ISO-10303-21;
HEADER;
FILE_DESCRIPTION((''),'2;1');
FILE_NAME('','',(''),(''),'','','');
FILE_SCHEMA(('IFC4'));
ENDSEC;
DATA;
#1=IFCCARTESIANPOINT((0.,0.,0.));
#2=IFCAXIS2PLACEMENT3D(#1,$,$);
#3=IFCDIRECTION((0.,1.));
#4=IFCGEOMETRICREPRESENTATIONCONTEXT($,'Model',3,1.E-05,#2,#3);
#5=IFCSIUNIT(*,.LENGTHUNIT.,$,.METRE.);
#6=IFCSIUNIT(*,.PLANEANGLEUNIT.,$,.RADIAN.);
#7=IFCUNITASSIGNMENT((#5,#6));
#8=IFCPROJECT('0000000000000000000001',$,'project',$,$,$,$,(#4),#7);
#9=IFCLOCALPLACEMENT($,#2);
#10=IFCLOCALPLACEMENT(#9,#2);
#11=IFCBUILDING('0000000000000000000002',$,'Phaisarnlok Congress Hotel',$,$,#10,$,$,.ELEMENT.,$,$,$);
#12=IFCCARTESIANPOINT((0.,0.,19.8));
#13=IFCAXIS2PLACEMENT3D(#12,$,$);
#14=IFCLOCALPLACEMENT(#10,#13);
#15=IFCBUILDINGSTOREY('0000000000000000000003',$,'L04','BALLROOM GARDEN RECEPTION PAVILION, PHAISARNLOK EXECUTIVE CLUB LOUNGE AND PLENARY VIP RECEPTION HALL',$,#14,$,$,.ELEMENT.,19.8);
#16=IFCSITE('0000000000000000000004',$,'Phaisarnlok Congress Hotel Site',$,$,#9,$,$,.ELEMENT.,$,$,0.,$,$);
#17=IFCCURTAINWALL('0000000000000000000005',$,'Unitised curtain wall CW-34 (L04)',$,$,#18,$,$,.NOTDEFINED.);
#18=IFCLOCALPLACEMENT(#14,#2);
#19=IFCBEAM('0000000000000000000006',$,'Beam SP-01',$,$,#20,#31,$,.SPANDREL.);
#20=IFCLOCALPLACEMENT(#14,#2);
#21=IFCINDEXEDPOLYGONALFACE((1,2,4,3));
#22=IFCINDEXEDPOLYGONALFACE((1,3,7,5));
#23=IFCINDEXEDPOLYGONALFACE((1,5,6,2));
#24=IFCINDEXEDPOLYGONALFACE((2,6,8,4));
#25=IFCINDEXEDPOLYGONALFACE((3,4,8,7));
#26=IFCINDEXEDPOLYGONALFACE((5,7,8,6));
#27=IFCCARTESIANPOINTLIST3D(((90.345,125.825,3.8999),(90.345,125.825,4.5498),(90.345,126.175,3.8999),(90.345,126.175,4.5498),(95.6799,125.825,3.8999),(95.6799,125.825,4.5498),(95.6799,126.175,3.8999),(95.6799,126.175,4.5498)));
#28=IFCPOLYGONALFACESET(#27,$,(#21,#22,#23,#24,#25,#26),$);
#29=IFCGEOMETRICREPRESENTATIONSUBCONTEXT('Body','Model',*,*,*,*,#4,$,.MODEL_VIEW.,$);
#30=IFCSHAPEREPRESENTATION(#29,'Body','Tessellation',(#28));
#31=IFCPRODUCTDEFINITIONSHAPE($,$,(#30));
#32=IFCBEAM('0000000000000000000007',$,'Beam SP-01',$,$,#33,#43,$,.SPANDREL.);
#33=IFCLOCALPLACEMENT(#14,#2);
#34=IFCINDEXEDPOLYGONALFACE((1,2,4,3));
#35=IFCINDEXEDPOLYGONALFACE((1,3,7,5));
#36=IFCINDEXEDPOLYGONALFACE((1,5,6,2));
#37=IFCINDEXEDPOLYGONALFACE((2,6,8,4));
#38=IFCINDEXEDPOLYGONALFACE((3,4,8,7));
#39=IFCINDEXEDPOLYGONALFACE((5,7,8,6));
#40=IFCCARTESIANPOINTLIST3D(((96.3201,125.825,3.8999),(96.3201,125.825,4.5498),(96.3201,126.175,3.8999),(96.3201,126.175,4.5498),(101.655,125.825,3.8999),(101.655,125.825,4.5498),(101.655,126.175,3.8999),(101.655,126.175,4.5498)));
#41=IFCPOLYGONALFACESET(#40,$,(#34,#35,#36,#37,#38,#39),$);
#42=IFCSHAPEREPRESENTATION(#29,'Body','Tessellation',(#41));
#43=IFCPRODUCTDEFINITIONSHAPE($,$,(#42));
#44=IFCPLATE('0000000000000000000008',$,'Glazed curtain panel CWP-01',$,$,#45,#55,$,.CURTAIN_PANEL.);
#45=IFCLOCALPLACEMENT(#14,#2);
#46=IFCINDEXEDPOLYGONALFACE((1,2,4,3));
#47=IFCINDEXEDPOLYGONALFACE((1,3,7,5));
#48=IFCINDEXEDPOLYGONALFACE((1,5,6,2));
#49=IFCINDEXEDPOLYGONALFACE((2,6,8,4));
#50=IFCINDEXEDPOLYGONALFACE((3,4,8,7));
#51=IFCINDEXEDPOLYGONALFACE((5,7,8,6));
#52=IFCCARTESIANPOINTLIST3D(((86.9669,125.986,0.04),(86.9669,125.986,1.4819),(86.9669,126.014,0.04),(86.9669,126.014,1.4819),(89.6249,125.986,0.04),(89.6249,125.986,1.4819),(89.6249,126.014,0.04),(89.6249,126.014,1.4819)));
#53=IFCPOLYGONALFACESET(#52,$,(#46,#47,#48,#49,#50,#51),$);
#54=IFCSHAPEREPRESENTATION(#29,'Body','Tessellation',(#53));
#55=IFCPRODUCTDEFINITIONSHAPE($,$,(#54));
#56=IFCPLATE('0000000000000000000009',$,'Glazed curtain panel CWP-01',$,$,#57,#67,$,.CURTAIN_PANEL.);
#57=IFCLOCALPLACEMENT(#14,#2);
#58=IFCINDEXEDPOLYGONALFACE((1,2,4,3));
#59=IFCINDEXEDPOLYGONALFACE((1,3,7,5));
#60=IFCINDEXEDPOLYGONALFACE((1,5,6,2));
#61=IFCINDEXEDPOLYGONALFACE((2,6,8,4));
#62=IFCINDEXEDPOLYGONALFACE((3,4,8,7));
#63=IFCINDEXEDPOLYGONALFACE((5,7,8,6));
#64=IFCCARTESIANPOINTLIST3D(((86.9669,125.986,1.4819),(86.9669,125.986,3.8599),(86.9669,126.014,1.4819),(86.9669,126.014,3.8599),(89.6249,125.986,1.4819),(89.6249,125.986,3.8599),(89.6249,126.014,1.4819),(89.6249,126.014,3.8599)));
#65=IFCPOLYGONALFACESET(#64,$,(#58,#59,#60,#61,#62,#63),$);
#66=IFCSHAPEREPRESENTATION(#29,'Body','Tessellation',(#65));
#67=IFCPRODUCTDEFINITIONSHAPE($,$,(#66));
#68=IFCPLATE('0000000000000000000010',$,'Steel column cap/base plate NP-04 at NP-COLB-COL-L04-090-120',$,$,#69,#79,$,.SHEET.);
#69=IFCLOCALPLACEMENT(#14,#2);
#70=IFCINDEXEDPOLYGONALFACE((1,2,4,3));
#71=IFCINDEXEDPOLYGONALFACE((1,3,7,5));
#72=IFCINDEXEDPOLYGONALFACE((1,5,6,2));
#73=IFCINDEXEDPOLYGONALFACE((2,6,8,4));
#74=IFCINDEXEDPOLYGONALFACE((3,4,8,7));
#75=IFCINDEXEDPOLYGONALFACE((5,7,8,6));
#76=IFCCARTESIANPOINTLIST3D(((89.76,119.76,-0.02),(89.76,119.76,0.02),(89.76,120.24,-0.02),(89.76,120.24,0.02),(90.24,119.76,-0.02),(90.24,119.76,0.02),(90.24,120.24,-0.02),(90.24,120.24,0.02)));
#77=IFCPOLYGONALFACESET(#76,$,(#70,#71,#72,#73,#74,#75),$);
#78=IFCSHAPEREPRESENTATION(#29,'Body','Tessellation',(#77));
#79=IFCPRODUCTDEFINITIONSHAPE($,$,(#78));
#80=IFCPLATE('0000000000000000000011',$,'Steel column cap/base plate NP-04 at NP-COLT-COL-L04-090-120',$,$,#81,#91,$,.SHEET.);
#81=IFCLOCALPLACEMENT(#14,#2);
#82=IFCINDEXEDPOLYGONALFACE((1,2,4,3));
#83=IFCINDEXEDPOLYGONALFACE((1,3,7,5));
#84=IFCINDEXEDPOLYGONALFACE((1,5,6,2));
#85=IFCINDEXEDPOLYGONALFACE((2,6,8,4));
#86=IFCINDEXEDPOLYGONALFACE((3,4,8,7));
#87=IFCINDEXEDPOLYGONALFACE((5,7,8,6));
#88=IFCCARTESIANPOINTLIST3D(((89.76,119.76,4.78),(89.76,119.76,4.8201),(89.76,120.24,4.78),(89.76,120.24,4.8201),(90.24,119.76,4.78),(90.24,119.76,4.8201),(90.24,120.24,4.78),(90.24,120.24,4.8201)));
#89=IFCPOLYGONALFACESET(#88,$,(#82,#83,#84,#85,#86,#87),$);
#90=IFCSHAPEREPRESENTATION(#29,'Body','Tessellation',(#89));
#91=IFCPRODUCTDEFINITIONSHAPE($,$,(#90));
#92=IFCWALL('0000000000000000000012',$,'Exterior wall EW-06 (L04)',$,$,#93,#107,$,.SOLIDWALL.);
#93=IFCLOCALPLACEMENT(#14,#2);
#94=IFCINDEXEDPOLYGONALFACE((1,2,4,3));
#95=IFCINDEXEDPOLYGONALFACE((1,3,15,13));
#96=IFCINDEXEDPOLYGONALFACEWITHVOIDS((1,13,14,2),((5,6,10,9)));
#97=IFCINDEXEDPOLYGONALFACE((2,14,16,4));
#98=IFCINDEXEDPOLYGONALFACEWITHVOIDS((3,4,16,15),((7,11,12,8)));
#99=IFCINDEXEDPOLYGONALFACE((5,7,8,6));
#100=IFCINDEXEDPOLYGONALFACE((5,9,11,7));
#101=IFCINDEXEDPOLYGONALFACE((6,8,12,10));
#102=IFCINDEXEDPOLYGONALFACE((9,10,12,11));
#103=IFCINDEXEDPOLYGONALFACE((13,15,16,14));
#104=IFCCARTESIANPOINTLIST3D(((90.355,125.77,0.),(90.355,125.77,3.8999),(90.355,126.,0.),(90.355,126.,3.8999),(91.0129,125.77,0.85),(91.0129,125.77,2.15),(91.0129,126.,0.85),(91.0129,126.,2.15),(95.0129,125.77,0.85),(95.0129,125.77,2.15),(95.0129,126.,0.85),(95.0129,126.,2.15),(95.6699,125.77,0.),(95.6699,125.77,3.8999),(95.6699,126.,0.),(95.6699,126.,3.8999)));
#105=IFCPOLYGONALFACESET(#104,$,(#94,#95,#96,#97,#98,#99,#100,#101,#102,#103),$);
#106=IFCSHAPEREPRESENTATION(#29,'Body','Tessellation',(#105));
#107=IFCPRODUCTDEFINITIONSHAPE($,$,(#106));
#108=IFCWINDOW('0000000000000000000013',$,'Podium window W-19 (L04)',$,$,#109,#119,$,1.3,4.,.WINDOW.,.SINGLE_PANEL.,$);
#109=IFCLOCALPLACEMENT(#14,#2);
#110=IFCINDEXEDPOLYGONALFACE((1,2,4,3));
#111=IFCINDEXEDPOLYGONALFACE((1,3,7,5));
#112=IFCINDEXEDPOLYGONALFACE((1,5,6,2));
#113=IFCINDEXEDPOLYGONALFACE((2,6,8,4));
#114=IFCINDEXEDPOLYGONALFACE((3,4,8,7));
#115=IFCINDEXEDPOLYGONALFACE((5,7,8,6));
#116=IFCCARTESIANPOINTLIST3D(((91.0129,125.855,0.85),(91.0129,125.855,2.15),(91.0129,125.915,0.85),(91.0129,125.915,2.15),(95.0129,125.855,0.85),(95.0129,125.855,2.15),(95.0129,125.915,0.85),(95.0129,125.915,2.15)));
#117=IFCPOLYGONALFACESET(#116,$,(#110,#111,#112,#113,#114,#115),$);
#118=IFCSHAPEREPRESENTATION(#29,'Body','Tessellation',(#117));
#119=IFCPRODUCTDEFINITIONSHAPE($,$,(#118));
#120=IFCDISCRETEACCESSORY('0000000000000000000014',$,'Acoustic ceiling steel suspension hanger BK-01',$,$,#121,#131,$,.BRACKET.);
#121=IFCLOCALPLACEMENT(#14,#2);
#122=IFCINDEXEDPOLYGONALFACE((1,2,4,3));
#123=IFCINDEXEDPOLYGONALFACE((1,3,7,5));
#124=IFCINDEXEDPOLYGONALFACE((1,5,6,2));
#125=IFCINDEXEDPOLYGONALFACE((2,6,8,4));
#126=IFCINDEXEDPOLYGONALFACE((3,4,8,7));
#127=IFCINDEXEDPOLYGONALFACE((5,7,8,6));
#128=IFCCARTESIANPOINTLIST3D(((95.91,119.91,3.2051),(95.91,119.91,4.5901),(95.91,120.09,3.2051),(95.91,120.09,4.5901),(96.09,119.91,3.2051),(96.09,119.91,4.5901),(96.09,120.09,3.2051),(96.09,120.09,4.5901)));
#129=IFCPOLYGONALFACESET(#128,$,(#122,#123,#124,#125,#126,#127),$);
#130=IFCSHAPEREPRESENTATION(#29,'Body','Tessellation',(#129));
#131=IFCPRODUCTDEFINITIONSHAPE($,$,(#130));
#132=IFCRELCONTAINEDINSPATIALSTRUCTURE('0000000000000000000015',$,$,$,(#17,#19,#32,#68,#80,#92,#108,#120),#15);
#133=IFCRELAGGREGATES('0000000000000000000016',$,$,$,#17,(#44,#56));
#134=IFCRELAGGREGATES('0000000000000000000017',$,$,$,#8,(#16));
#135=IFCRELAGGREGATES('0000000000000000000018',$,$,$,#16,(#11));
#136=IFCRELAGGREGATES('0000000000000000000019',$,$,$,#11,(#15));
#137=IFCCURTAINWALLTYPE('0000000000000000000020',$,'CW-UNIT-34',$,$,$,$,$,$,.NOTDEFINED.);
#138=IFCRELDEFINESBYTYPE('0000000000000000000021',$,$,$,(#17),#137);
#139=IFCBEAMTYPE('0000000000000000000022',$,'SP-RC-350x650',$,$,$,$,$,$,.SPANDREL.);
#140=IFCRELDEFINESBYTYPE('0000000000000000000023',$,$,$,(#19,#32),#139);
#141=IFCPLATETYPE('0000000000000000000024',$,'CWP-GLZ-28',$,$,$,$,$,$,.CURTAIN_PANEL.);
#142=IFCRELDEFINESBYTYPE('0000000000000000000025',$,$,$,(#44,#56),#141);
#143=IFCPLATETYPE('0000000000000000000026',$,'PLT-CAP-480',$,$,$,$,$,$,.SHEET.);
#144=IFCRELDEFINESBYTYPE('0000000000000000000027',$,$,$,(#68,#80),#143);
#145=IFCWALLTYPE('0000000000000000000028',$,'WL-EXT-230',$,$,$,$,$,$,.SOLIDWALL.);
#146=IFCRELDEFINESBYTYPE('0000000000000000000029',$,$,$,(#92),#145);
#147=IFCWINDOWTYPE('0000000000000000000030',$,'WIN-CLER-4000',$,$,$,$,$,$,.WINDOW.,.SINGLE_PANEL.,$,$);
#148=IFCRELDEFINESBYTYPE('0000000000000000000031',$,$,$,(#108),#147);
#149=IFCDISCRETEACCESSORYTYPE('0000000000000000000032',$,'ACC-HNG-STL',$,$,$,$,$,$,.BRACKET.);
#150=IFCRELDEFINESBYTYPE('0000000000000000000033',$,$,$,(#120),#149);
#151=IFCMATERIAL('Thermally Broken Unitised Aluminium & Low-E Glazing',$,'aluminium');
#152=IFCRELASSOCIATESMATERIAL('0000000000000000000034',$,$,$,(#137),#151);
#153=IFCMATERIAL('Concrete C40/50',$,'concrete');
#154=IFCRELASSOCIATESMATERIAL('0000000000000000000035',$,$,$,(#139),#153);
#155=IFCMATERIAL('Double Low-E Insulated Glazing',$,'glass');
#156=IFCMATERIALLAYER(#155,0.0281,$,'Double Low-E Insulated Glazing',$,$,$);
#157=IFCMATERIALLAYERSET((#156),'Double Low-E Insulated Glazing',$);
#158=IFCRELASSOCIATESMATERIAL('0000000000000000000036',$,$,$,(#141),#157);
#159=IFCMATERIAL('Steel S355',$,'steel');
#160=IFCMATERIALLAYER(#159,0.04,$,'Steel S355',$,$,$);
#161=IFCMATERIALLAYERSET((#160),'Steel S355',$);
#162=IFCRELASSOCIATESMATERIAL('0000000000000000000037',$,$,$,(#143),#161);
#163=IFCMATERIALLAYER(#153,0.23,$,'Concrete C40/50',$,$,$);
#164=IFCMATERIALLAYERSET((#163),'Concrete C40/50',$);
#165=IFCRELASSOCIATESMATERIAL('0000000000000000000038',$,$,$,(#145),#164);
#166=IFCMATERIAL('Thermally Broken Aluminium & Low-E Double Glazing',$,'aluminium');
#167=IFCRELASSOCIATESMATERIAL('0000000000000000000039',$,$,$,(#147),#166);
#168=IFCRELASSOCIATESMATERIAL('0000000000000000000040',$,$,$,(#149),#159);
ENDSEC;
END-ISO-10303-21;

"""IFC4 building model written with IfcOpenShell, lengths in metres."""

from ifc_helpers import new_model, si_unit, direction, frame, frame_2d, origin, origin_2d, place, context, subcontext, project, spatial, rectangle, extrude, material, layer, layer_set, material_profile, profile_set, type_object, element, fill, aggregate, save


model = new_model("IFC4")

# Units and contexts
model_context = context("Model", 3, precision=1e-05, world=origin(), true_north=direction((0.0, 1.0)))
body_context = subcontext(model_context, "Body", "Model", "MODEL_VIEW")
ifc_project = project(units=[si_unit("LENGTHUNIT", "METRE"), si_unit("PLANEANGLEUNIT", "RADIAN")], contexts=[model_context])

# Site, building, storey
site_placement = place(None, origin())
site = spatial("IfcSite", under=ifc_project, at=site_placement, Name="Phaisarnlok Congress Hotel Site", CompositionType="ELEMENT", RefElevation=0.0)
building_placement = place(site_placement, origin())
building = spatial("IfcBuilding", under=site, at=building_placement, Name="Phaisarnlok Congress Hotel", CompositionType="ELEMENT")
storey_placement = place(building_placement, frame((0.0, 0.0, 19.8)))
storey = spatial("IfcBuildingStorey", under=building, at=storey_placement, Name="L04", Description="BALLROOM GARDEN RECEPTION PAVILION, PHAISARNLOK EXECUTIVE CLUB LOUNGE AND PLENARY VIP RECEPTION HALL", CompositionType="ELEMENT", Elevation=19.8)

# Shared definitions
ifc_material_1 = material(Name="Steel S355", Category="steel")

# Shared definitions
ifc_material_2 = material(Name="Concrete C40/50", Category="concrete")

# Curtain wall
ifc_material_3 = material(Name="Thermally Broken Unitised Aluminium & Low-E Glazing", Category="aluminium")
curtain_wall_type_1 = type_object("IfcCurtainWallType", Name="CW-UNIT-34", PredefinedType="NOTDEFINED", material=ifc_material_3)
curtain_wall_1_placement = place(storey_placement, origin())
curtain_wall_1 = element("IfcCurtainWall", 1, at=curtain_wall_1_placement, inside=storey, type_object=curtain_wall_type_1, Name="Unitised curtain wall CW-34 (L04)", PredefinedType="NOTDEFINED")

# Beams
ifc_material_profile_1 = material_profile(ifc_material_2, rectangle(XDim=0.3501, YDim=0.6499, at=origin_2d()), Name="RC 350x650")
ifc_profile_set_1 = profile_set([ifc_material_profile_1], Name="Concrete C40/50")
beam_type_1 = type_object("IfcBeamType", Name="SP-RC-350x650", PredefinedType="SPANDREL", material=ifc_profile_set_1)
for number, where, z_axis, x_axis, name in (
    (2, (90.345, 126.0, 4.2249), (1.0, 0.0, 0.0), (0.0, 1.0, 0.0), "Beam SP-01"),
    (3, (96.3201, 126.0, 4.2249), (1.0, 0.0, 0.0), (0.0, 1.0, 0.0), "Beam SP-01"),
):
    element("IfcBeam", number, at=place(storey_placement, frame(where, z_axis=z_axis, x_axis=x_axis)), inside=storey, type_object=beam_type_1, Name=name, PredefinedType="SPANDREL", context=body_context, shape_type="SweptSolid", body=[
        extrude(rectangle(XDim=0.3501, YDim=0.6499, at=origin_2d()), origin(), (0.0, 0.0, 1.0), 5.335),
    ])

# Plates
ifc_material_4 = material(Name="Double Low-E Insulated Glazing", Category="glass")
ifc_layer_1 = layer(ifc_material_4, 0.0281, Name="Double Low-E Insulated Glazing")
ifc_layer_set_1 = layer_set([ifc_layer_1], Name="Double Low-E Insulated Glazing")
plate_type_1 = type_object("IfcPlateType", Name="CWP-GLZ-28", PredefinedType="CURTAIN_PANEL", material=ifc_layer_set_1)
plate_1_placement = place(storey_placement, frame((89.625, 126.0, 0.04), z_axis=(0.0, 0.0, 1.0), x_axis=(-1.0, 0.0, 0.0)))
plate_1 = element("IfcPlate", 4, at=plate_1_placement, type_object=plate_type_1, Name="Glazed curtain panel CWP-01", PredefinedType="CURTAIN_PANEL", context=body_context, shape_type="SweptSolid", body=[
    extrude(rectangle(XDim=2.658, YDim=0.0281, at=frame_2d((1.3291, 0.0))), origin(), (0.0, 0.0, 1.0), 1.4419),
])
plate_2_placement = place(storey_placement, frame((89.625, 126.0, 1.4819), z_axis=(0.0, 0.0, 1.0), x_axis=(-1.0, 0.0, 0.0)))
plate_2 = element("IfcPlate", 5, at=plate_2_placement, type_object=plate_type_1, Name="Glazed curtain panel CWP-01", PredefinedType="CURTAIN_PANEL", context=body_context, shape_type="SweptSolid", body=[
    extrude(rectangle(XDim=2.658, YDim=0.0281, at=frame_2d((1.3291, 0.0))), origin(), (0.0, 0.0, 1.0), 2.3779),
])
aggregate(curtain_wall_1, [plate_1, plate_2])

# Plates
ifc_layer_2 = layer(ifc_material_1, 0.04, Name="Steel S355")
ifc_layer_set_2 = layer_set([ifc_layer_2], Name="Steel S355")
plate_type_2 = type_object("IfcPlateType", Name="PLT-CAP-480", PredefinedType="SHEET", material=ifc_layer_set_2)
for number, where, z_axis, x_axis, name in (
    (6, (90.0, 120.0, -0.02), (0.0, 0.0, 1.0), (1.0, 0.0, 0.0), "Steel column cap/base plate NP-04 at NP-COLB-COL-L04-090-120"),
    (7, (90.0, 120.0, 4.78), (0.0, 0.0, 1.0), (1.0, 0.0, 0.0), "Steel column cap/base plate NP-04 at NP-COLT-COL-L04-090-120"),
):
    element("IfcPlate", number, at=place(storey_placement, frame(where, z_axis=z_axis, x_axis=x_axis)), inside=storey, type_object=plate_type_2, Name=name, PredefinedType="SHEET", context=body_context, shape_type="SweptSolid", body=[
        extrude(rectangle(XDim=0.48, YDim=0.48, at=origin_2d()), origin(), (0.0, 0.0, 1.0), 0.04),
    ])

# Wall, opening, window
ifc_layer_3 = layer(ifc_material_2, 0.23, Name="Concrete C40/50")
ifc_layer_set_3 = layer_set([ifc_layer_3], Name="Concrete C40/50")
wall_type = type_object("IfcWallType", Name="WL-EXT-230", PredefinedType="SOLIDWALL", material=ifc_layer_set_3)
wall_placement = place(storey_placement, frame((95.6699, 125.885, 0.0), z_axis=(0.0, 0.0, 1.0), x_axis=(-1.0, 0.0, 0.0)))
wall = element("IfcWall", 8, at=wall_placement, inside=storey, type_object=wall_type, Name="Exterior wall EW-06 (L04)", PredefinedType="SOLIDWALL", context=body_context, shape_type="SweptSolid", body=[
    extrude(rectangle(XDim=5.3149, YDim=0.23, at=frame_2d((2.6575, 0.0))), origin(), (0.0, 0.0, 1.0), 3.8999),
])
opening_placement = place(wall_placement, frame((0.657, 0.0, 0.8501)))
opening = element("IfcOpeningElement", 9, at=opening_placement, cuts=wall, PredefinedType="OPENING", context=body_context, shape_type="SweptSolid", body=[
    extrude(rectangle(XDim=4.0, YDim=1.3, at=frame_2d((2.0, 0.6499))), frame((0.0, 0.125, 0.0), z_axis=(0.0, -1.0, 0.0), x_axis=(1.0, 0.0, 0.0)), (0.0, 0.0, 1.0), 0.25),
])
ifc_material_5 = material(Name="Thermally Broken Aluminium & Low-E Double Glazing", Category="aluminium")
window_type = type_object("IfcWindowType", Name="WIN-CLER-4000", PartitioningType="SINGLE_PANEL", PredefinedType="WINDOW", material=ifc_material_5)
window_placement = place(opening_placement, origin())
window = element("IfcWindow", 10, at=window_placement, inside=storey, type_object=window_type, Name="Podium window W-19 (L04)", OverallHeight=1.3, OverallWidth=4.0, PartitioningType="SINGLE_PANEL", PredefinedType="WINDOW", context=body_context, shape_type="SweptSolid", body=[
    extrude(rectangle(XDim=4.0, YDim=1.3, at=frame_2d((2.0, 0.6499))), frame((0.0, 0.03, 0.0), z_axis=(0.0, -1.0, 0.0), x_axis=(1.0, 0.0, 0.0)), (0.0, 0.0, 1.0), 0.0601),
])
fill(opening, window)

# Discrete accessory
discrete_accessory_type = type_object("IfcDiscreteAccessoryType", Name="ACC-HNG-STL", PredefinedType="BRACKET", material=ifc_material_1)
discrete_accessory_placement = place(storey_placement, frame((96.0, 120.0, 3.2051), z_axis=(0.0, 0.0, 1.0), x_axis=(1.0, 0.0, 0.0)))
element("IfcDiscreteAccessory", 11, at=discrete_accessory_placement, inside=storey, type_object=discrete_accessory_type, Name="Acoustic ceiling steel suspension hanger BK-01", PredefinedType="BRACKET", context=body_context, shape_type="SweptSolid", body=[
    extrude(rectangle(XDim=0.1799, YDim=0.1799, at=origin_2d()), origin(), (0.0, 0.0, 1.0), 1.385),
])

save(model, "model.ifc")
